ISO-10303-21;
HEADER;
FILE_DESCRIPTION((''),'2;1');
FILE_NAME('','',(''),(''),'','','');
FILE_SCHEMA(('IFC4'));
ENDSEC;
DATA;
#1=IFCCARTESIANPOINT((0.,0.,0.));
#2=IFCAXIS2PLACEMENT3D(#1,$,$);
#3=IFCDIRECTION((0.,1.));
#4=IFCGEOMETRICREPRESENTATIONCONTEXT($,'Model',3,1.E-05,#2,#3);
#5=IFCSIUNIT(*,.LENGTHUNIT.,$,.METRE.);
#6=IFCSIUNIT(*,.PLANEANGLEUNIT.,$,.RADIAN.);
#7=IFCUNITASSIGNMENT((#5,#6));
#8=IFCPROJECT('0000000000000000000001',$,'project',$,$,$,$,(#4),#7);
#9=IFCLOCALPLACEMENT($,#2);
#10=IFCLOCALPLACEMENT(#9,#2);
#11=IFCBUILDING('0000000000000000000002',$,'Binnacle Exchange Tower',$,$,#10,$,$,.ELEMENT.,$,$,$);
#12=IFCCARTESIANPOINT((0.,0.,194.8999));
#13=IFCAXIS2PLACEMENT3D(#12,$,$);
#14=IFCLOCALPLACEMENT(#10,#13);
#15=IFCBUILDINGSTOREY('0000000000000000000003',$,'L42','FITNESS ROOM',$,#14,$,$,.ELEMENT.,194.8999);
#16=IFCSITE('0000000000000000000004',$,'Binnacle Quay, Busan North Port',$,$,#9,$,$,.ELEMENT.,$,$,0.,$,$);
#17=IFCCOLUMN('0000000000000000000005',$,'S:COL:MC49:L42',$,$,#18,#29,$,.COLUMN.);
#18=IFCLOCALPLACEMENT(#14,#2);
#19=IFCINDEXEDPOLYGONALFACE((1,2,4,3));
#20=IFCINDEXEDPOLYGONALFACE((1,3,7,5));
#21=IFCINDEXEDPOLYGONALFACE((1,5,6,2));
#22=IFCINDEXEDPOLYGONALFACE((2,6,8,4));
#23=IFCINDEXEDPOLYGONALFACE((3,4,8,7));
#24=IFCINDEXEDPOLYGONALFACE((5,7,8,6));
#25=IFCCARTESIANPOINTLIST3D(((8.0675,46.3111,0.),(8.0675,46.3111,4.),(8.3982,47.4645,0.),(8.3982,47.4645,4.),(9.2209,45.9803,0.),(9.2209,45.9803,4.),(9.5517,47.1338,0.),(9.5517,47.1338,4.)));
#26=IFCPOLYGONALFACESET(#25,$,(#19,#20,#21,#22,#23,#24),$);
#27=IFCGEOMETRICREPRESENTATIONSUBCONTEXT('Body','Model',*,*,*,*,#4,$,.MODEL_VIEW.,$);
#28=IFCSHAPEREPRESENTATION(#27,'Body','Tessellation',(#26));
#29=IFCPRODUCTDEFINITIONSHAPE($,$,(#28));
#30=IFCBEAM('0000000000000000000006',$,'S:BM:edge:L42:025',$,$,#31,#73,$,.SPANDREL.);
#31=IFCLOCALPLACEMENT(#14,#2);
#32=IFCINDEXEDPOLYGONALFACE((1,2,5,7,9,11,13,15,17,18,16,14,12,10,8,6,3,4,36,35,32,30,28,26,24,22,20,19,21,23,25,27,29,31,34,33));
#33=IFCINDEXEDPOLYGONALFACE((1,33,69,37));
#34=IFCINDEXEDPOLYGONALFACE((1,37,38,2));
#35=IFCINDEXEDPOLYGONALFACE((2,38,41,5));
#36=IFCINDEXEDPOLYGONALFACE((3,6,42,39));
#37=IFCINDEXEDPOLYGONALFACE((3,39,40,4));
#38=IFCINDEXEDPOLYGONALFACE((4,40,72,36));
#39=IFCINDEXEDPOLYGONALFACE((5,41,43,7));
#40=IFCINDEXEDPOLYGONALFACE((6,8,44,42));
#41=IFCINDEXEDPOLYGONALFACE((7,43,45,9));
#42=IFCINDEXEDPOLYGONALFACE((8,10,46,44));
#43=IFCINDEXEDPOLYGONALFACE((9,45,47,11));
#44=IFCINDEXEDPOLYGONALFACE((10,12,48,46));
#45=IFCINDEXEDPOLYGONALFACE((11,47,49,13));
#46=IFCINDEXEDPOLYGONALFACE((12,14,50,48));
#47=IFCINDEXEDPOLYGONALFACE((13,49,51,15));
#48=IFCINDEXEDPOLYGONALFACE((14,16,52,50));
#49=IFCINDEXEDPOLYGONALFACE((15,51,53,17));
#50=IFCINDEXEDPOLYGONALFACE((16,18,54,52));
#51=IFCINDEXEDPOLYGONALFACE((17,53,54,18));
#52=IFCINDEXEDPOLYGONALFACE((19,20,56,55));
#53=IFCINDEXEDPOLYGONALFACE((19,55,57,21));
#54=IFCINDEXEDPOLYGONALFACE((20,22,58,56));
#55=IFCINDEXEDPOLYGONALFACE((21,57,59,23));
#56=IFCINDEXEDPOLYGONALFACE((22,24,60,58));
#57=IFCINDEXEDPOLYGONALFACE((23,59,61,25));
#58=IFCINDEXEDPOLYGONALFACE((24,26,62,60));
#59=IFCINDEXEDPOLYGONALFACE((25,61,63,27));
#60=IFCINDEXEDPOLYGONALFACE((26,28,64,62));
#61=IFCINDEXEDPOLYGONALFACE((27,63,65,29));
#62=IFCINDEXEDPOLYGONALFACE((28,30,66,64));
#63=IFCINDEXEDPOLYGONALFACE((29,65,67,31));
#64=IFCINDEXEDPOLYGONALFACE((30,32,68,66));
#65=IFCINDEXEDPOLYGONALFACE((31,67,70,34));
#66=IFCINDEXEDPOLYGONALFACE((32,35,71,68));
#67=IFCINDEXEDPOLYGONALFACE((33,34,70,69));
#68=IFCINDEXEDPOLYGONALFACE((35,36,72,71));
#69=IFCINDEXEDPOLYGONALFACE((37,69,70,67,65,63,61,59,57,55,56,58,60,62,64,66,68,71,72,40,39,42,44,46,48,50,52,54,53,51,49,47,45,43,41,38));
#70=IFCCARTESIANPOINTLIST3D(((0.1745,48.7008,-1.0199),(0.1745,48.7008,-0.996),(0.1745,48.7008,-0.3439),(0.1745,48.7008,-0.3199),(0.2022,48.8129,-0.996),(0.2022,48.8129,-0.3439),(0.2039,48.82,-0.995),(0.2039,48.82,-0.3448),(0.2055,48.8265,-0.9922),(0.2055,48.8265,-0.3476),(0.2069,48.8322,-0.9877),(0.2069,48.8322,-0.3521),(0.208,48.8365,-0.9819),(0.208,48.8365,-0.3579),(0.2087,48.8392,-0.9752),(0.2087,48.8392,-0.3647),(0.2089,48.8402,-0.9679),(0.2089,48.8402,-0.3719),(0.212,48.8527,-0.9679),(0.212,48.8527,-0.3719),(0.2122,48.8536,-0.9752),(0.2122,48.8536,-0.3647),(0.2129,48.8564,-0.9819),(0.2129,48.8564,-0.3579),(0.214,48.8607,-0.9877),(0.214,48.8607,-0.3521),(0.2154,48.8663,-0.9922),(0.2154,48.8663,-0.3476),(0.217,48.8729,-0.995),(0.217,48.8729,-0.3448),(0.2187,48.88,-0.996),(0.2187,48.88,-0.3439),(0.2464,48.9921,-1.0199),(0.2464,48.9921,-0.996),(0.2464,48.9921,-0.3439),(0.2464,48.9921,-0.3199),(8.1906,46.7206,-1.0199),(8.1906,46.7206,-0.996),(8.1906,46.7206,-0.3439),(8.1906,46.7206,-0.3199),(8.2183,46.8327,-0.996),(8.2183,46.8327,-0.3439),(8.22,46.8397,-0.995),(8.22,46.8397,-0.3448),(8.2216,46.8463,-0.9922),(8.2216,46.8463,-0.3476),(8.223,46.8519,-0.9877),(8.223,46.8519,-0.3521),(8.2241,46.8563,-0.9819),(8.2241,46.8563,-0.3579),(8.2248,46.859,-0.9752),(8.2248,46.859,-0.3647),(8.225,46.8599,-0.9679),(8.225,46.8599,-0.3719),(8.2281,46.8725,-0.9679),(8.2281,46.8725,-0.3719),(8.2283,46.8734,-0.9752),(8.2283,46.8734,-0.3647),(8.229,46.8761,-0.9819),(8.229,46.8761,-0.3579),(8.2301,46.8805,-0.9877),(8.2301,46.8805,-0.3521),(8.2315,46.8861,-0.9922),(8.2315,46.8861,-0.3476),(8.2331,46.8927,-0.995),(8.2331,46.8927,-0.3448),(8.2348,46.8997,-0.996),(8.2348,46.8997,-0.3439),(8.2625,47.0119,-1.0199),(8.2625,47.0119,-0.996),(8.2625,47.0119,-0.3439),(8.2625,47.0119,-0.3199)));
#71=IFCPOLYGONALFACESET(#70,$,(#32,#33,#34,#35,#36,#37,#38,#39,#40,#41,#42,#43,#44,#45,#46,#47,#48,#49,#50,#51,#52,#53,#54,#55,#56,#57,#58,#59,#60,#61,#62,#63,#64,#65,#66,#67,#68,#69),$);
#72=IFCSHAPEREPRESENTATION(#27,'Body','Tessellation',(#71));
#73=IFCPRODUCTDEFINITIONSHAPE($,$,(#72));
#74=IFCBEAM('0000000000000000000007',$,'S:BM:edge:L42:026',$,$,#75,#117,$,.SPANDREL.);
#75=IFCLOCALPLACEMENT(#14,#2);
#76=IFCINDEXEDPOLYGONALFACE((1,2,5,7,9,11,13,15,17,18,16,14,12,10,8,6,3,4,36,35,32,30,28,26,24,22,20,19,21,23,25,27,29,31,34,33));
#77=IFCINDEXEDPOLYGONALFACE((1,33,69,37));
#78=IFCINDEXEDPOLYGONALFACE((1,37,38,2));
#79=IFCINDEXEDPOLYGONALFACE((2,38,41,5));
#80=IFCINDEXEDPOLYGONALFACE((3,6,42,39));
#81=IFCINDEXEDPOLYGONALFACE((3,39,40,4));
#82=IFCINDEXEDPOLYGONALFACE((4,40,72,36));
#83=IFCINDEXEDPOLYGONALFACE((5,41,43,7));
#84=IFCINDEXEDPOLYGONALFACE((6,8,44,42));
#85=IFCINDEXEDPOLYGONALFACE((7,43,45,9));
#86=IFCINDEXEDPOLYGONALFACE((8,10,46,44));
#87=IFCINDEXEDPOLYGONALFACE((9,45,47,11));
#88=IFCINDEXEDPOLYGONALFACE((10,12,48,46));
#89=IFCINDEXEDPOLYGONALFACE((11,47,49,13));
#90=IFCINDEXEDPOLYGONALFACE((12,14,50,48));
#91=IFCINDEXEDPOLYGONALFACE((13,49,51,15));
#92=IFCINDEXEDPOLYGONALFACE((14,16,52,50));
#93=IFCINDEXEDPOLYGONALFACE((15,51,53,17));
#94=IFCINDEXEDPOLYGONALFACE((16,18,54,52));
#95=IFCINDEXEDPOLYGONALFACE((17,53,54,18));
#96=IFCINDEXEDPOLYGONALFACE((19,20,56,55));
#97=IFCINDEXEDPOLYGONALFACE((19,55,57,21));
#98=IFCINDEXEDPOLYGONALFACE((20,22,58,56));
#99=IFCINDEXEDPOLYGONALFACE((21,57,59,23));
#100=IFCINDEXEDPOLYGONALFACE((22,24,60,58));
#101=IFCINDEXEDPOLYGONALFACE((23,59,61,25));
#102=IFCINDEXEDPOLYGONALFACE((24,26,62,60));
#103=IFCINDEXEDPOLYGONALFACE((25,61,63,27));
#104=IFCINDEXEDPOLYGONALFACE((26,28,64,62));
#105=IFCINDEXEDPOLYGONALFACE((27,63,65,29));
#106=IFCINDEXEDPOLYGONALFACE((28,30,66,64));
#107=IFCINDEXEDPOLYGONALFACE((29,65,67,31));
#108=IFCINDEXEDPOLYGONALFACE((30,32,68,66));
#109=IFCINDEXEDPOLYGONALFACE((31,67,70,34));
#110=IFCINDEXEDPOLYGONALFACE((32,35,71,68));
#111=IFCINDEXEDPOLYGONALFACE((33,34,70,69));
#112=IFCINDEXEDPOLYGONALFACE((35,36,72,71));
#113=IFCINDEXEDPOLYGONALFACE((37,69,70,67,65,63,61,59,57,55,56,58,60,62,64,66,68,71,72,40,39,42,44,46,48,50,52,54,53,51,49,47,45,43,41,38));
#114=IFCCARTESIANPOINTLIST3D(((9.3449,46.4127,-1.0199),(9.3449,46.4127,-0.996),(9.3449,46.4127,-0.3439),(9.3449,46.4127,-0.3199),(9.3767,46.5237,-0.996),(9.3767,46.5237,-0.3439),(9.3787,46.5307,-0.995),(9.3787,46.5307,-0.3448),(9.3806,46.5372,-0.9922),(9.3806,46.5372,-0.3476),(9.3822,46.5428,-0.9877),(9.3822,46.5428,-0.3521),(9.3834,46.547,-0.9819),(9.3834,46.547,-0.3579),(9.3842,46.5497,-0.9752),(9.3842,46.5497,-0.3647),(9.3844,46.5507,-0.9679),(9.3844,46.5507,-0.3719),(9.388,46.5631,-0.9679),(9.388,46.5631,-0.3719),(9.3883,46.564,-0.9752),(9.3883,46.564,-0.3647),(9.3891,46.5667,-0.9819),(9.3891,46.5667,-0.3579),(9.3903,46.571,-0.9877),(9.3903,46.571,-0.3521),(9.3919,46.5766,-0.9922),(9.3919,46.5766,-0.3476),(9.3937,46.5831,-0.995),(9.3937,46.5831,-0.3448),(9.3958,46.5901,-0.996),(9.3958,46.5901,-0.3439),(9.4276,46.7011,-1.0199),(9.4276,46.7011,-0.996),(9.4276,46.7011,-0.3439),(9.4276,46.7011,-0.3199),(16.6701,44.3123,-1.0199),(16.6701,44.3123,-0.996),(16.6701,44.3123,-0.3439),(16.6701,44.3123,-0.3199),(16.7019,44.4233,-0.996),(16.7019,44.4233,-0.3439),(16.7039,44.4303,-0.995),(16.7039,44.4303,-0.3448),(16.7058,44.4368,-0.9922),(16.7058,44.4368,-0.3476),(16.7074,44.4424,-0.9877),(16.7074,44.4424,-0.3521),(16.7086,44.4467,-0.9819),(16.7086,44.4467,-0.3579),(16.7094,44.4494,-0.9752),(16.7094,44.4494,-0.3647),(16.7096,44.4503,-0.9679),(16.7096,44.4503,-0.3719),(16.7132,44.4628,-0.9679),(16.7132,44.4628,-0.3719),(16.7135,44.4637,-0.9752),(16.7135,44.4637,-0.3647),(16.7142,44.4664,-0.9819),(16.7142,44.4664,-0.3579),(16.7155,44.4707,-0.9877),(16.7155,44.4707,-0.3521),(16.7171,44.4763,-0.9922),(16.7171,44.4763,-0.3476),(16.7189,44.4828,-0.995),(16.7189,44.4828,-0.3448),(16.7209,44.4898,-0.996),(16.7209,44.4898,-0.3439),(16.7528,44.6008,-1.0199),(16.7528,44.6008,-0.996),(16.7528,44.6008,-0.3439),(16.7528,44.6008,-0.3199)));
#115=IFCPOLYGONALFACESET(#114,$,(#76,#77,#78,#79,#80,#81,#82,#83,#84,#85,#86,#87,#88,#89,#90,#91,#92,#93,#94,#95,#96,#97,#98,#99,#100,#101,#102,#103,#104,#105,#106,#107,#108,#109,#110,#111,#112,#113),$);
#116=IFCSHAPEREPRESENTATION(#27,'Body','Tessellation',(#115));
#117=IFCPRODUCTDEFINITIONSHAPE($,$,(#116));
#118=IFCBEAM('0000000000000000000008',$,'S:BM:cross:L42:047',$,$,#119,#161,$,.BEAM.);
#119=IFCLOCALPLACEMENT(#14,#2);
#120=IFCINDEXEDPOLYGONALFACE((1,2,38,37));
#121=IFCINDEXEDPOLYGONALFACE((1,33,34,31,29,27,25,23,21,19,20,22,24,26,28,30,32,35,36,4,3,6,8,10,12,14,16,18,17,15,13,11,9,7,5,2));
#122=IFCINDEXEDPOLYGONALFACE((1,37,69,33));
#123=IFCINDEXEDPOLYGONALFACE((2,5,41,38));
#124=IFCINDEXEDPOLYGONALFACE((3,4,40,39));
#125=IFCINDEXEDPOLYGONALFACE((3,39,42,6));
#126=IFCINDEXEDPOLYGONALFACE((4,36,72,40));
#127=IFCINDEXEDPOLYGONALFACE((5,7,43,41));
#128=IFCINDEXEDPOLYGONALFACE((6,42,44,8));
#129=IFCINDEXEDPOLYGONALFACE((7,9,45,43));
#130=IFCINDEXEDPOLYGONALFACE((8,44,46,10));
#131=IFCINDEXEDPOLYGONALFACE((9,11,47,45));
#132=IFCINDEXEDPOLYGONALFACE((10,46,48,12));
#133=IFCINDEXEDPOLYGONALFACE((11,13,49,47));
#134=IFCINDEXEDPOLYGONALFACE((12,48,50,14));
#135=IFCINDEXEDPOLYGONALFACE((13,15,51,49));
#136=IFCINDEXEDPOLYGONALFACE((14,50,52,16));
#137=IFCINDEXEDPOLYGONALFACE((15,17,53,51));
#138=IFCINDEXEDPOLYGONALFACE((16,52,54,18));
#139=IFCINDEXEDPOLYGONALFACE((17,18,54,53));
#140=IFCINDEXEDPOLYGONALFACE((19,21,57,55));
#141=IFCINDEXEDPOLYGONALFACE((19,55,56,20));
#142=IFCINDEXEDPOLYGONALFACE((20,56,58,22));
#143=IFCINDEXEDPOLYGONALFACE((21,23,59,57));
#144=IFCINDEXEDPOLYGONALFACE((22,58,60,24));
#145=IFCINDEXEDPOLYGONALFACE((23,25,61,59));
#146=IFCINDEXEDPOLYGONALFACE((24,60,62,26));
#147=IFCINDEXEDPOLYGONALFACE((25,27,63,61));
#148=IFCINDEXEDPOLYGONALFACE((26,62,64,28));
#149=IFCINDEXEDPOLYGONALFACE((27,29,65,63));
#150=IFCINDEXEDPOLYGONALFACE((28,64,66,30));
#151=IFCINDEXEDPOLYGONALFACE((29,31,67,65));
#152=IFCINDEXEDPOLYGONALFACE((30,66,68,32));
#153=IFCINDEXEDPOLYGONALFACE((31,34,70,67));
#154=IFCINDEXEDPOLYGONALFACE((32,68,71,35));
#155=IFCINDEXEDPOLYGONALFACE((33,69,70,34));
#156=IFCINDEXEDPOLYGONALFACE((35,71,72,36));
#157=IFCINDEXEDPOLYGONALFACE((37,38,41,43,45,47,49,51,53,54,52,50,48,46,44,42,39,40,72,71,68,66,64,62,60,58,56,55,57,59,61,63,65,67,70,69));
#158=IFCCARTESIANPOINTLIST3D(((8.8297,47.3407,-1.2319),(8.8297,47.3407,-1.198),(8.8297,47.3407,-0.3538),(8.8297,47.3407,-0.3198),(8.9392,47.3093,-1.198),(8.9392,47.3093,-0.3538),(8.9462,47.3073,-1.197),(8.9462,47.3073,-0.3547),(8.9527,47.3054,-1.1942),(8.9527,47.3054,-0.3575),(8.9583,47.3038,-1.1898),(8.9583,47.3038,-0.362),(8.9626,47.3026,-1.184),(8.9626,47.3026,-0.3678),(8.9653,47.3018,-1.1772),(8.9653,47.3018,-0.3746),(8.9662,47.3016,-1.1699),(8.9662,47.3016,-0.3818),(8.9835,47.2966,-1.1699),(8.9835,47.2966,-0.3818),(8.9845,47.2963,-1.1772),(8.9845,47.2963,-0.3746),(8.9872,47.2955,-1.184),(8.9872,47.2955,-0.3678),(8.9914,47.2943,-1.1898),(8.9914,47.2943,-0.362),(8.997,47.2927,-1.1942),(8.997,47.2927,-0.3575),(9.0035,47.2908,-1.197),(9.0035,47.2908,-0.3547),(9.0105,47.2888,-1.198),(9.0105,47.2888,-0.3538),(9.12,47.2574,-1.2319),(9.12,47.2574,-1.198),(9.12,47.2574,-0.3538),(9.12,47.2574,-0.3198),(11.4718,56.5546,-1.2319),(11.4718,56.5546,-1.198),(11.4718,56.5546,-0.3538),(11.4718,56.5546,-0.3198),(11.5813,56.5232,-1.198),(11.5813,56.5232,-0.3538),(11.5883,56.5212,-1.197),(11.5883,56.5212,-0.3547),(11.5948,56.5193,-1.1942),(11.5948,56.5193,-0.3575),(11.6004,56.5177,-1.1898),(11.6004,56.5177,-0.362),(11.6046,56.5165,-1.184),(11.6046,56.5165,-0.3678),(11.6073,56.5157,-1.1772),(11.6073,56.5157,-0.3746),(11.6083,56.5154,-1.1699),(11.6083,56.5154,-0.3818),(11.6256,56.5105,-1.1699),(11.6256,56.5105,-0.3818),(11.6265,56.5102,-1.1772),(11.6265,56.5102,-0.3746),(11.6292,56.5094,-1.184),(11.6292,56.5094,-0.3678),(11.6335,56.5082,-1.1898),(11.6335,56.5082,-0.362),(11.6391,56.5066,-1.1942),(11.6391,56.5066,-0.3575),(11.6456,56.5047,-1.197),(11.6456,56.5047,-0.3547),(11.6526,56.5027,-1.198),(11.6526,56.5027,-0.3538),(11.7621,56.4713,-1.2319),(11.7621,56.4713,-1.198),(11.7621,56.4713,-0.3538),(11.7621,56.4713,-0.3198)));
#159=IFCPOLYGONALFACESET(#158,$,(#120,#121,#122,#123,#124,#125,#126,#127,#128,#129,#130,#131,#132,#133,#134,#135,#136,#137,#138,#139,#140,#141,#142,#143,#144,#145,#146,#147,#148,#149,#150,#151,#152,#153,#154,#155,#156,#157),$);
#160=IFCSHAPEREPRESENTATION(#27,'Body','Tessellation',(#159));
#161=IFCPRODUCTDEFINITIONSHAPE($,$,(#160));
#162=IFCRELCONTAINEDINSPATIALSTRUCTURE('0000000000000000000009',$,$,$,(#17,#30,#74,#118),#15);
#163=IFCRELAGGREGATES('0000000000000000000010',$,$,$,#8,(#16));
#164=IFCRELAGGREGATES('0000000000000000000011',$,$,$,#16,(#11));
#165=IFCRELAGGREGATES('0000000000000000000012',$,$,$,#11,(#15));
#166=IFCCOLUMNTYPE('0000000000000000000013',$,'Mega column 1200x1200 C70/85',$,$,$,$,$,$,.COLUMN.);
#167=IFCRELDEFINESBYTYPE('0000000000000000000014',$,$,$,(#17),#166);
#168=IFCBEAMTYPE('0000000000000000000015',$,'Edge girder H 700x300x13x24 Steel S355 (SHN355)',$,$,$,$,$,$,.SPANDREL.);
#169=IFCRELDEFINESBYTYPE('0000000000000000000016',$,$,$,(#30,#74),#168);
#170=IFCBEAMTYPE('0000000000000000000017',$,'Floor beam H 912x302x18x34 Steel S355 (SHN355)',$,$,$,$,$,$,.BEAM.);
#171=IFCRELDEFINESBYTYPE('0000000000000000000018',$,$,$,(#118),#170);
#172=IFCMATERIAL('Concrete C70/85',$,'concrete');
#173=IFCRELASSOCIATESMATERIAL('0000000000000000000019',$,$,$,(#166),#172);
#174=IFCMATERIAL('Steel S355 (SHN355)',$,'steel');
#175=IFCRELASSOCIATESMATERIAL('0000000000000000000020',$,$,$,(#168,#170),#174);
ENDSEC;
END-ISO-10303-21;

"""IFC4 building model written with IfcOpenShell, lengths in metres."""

from ifc_helpers import new_model, si_unit, direction, frame, origin, origin_2d, place, context, subcontext, project, spatial, rectangle, i_section, extrude, material, material_profile, profile_set, type_object, element, save


model = new_model("IFC4")

# Units and contexts
model_context = context("Model", 3, precision=1e-05, world=origin(), true_north=direction((0.0, 1.0)))
body_context = subcontext(model_context, "Body", "Model", "MODEL_VIEW")
ifc_project = project(units=[si_unit("LENGTHUNIT", "METRE"), si_unit("PLANEANGLEUNIT", "RADIAN")], contexts=[model_context])

# Site, building, storey
site_placement = place(None, origin())
site = spatial("IfcSite", under=ifc_project, at=site_placement, Name="Binnacle Quay, Busan North Port", CompositionType="ELEMENT", RefElevation=0.0)
building_placement = place(site_placement, origin())
building = spatial("IfcBuilding", under=site, at=building_placement, Name="Binnacle Exchange Tower", CompositionType="ELEMENT")
storey_placement = place(building_placement, frame((0.0, 0.0, 194.8999)))
storey = spatial("IfcBuildingStorey", under=building, at=storey_placement, Name="L42", Description="FITNESS ROOM", CompositionType="ELEMENT", Elevation=194.8999)

# Column
ifc_material_1 = material(Name="Concrete C70/85", Category="concrete")
ifc_material_profile_1 = material_profile(ifc_material_1, rectangle(XDim=1.2, YDim=1.2, at=origin_2d()), Name="Mega column 1200x1200 C70/85")
ifc_profile_set_1 = profile_set([ifc_material_profile_1], Name="Concrete C70/85")
column_type = type_object("IfcColumnType", Name="Mega column 1200x1200 C70/85", PredefinedType="COLUMN", material=ifc_profile_set_1)
column_placement = place(storey_placement, frame((8.8096, 46.7224, 0.0), z_axis=(0.0, 0.0, 1.0), x_axis=(0.961262, -0.275637, 0.0)))
element("IfcColumn", 1, at=column_placement, inside=storey, type_object=column_type, Name="S:COL:MC49:L42", PredefinedType="COLUMN", context=body_context, shape_type="SweptSolid", body=[
    extrude(rectangle(XDim=1.2, YDim=1.2, at=origin_2d()), origin(), (0.0, 0.0, 1.0), 4.0),
])

# Beams
ifc_material_2 = material(Name="Steel S355 (SHN355)", Category="steel")
ifc_material_profile_2 = material_profile(ifc_material_2, i_section(OverallWidth=0.3, OverallDepth=0.7, WebThickness=0.0129, FlangeThickness=0.0239, FilletRadius=0.0281, at=origin_2d()), Name="H 700x300x13x24")
ifc_profile_set_2 = profile_set([ifc_material_profile_2], Name="Steel S355 (SHN355)")
beam_type_1 = type_object("IfcBeamType", Name="Edge girder H 700x300x13x24 Steel S355 (SHN355)", PredefinedType="SPANDREL", material=ifc_profile_set_2)
beam_1_placement = place(storey_placement, frame((0.2104, 48.8464, -0.6699), z_axis=(0.970817, -0.239821, 0.0), x_axis=(0.239821, 0.970817, 0.0)))
element("IfcBeam", 2, at=beam_1_placement, inside=storey, type_object=beam_type_1, Name="S:BM:edge:L42:025", PredefinedType="SPANDREL", context=body_context, shape_type="SweptSolid", body=[
    extrude(i_section(OverallWidth=0.3, OverallDepth=0.7, WebThickness=0.0129, FlangeThickness=0.0239, FilletRadius=0.0281, at=origin_2d()), origin(), (0.0, 0.0, 1.0), 8.2571),
])
beam_2_placement = place(storey_placement, frame((9.3862, 46.5569, -0.6699), z_axis=(0.961266, -0.275622, 0.0), x_axis=(0.275622, 0.961266, 0.0)))
element("IfcBeam", 3, at=beam_2_placement, inside=storey, type_object=beam_type_1, Name="S:BM:edge:L42:026", PredefinedType="SPANDREL", context=body_context, shape_type="SweptSolid", body=[
    extrude(i_section(OverallWidth=0.3, OverallDepth=0.7, WebThickness=0.0129, FlangeThickness=0.0239, FilletRadius=0.0281, at=origin_2d()), origin(), (0.0, 0.0, 1.0), 7.6204),
])
ifc_material_profile_3 = material_profile(ifc_material_2, i_section(OverallWidth=0.302, OverallDepth=0.9121, WebThickness=0.0181, FlangeThickness=0.0339, FilletRadius=0.0281, at=origin_2d()), Name="H 912x302x18x34")
ifc_profile_set_3 = profile_set([ifc_material_profile_3], Name="Steel S355 (SHN355)")
beam_type_2 = type_object("IfcBeamType", Name="Floor beam H 912x302x18x34 Steel S355 (SHN355)", PredefinedType="BEAM", material=ifc_profile_set_3)
beam_3_placement = place(storey_placement, frame((8.9749, 47.2991, -0.7759), z_axis=(0.275643, 0.96126, 0.0), x_axis=(-0.96126, 0.275643, 0.0)))
element("IfcBeam", 4, at=beam_3_placement, inside=storey, type_object=beam_type_2, Name="S:BM:cross:L42:047", PredefinedType="BEAM", context=body_context, shape_type="SweptSolid", body=[
    extrude(i_section(OverallWidth=0.302, OverallDepth=0.9121, WebThickness=0.0181, FlangeThickness=0.0339, FilletRadius=0.0281, at=origin_2d()), origin(), (0.0, 0.0, 1.0), 9.5852),
])

save(model, "model.ifc")
